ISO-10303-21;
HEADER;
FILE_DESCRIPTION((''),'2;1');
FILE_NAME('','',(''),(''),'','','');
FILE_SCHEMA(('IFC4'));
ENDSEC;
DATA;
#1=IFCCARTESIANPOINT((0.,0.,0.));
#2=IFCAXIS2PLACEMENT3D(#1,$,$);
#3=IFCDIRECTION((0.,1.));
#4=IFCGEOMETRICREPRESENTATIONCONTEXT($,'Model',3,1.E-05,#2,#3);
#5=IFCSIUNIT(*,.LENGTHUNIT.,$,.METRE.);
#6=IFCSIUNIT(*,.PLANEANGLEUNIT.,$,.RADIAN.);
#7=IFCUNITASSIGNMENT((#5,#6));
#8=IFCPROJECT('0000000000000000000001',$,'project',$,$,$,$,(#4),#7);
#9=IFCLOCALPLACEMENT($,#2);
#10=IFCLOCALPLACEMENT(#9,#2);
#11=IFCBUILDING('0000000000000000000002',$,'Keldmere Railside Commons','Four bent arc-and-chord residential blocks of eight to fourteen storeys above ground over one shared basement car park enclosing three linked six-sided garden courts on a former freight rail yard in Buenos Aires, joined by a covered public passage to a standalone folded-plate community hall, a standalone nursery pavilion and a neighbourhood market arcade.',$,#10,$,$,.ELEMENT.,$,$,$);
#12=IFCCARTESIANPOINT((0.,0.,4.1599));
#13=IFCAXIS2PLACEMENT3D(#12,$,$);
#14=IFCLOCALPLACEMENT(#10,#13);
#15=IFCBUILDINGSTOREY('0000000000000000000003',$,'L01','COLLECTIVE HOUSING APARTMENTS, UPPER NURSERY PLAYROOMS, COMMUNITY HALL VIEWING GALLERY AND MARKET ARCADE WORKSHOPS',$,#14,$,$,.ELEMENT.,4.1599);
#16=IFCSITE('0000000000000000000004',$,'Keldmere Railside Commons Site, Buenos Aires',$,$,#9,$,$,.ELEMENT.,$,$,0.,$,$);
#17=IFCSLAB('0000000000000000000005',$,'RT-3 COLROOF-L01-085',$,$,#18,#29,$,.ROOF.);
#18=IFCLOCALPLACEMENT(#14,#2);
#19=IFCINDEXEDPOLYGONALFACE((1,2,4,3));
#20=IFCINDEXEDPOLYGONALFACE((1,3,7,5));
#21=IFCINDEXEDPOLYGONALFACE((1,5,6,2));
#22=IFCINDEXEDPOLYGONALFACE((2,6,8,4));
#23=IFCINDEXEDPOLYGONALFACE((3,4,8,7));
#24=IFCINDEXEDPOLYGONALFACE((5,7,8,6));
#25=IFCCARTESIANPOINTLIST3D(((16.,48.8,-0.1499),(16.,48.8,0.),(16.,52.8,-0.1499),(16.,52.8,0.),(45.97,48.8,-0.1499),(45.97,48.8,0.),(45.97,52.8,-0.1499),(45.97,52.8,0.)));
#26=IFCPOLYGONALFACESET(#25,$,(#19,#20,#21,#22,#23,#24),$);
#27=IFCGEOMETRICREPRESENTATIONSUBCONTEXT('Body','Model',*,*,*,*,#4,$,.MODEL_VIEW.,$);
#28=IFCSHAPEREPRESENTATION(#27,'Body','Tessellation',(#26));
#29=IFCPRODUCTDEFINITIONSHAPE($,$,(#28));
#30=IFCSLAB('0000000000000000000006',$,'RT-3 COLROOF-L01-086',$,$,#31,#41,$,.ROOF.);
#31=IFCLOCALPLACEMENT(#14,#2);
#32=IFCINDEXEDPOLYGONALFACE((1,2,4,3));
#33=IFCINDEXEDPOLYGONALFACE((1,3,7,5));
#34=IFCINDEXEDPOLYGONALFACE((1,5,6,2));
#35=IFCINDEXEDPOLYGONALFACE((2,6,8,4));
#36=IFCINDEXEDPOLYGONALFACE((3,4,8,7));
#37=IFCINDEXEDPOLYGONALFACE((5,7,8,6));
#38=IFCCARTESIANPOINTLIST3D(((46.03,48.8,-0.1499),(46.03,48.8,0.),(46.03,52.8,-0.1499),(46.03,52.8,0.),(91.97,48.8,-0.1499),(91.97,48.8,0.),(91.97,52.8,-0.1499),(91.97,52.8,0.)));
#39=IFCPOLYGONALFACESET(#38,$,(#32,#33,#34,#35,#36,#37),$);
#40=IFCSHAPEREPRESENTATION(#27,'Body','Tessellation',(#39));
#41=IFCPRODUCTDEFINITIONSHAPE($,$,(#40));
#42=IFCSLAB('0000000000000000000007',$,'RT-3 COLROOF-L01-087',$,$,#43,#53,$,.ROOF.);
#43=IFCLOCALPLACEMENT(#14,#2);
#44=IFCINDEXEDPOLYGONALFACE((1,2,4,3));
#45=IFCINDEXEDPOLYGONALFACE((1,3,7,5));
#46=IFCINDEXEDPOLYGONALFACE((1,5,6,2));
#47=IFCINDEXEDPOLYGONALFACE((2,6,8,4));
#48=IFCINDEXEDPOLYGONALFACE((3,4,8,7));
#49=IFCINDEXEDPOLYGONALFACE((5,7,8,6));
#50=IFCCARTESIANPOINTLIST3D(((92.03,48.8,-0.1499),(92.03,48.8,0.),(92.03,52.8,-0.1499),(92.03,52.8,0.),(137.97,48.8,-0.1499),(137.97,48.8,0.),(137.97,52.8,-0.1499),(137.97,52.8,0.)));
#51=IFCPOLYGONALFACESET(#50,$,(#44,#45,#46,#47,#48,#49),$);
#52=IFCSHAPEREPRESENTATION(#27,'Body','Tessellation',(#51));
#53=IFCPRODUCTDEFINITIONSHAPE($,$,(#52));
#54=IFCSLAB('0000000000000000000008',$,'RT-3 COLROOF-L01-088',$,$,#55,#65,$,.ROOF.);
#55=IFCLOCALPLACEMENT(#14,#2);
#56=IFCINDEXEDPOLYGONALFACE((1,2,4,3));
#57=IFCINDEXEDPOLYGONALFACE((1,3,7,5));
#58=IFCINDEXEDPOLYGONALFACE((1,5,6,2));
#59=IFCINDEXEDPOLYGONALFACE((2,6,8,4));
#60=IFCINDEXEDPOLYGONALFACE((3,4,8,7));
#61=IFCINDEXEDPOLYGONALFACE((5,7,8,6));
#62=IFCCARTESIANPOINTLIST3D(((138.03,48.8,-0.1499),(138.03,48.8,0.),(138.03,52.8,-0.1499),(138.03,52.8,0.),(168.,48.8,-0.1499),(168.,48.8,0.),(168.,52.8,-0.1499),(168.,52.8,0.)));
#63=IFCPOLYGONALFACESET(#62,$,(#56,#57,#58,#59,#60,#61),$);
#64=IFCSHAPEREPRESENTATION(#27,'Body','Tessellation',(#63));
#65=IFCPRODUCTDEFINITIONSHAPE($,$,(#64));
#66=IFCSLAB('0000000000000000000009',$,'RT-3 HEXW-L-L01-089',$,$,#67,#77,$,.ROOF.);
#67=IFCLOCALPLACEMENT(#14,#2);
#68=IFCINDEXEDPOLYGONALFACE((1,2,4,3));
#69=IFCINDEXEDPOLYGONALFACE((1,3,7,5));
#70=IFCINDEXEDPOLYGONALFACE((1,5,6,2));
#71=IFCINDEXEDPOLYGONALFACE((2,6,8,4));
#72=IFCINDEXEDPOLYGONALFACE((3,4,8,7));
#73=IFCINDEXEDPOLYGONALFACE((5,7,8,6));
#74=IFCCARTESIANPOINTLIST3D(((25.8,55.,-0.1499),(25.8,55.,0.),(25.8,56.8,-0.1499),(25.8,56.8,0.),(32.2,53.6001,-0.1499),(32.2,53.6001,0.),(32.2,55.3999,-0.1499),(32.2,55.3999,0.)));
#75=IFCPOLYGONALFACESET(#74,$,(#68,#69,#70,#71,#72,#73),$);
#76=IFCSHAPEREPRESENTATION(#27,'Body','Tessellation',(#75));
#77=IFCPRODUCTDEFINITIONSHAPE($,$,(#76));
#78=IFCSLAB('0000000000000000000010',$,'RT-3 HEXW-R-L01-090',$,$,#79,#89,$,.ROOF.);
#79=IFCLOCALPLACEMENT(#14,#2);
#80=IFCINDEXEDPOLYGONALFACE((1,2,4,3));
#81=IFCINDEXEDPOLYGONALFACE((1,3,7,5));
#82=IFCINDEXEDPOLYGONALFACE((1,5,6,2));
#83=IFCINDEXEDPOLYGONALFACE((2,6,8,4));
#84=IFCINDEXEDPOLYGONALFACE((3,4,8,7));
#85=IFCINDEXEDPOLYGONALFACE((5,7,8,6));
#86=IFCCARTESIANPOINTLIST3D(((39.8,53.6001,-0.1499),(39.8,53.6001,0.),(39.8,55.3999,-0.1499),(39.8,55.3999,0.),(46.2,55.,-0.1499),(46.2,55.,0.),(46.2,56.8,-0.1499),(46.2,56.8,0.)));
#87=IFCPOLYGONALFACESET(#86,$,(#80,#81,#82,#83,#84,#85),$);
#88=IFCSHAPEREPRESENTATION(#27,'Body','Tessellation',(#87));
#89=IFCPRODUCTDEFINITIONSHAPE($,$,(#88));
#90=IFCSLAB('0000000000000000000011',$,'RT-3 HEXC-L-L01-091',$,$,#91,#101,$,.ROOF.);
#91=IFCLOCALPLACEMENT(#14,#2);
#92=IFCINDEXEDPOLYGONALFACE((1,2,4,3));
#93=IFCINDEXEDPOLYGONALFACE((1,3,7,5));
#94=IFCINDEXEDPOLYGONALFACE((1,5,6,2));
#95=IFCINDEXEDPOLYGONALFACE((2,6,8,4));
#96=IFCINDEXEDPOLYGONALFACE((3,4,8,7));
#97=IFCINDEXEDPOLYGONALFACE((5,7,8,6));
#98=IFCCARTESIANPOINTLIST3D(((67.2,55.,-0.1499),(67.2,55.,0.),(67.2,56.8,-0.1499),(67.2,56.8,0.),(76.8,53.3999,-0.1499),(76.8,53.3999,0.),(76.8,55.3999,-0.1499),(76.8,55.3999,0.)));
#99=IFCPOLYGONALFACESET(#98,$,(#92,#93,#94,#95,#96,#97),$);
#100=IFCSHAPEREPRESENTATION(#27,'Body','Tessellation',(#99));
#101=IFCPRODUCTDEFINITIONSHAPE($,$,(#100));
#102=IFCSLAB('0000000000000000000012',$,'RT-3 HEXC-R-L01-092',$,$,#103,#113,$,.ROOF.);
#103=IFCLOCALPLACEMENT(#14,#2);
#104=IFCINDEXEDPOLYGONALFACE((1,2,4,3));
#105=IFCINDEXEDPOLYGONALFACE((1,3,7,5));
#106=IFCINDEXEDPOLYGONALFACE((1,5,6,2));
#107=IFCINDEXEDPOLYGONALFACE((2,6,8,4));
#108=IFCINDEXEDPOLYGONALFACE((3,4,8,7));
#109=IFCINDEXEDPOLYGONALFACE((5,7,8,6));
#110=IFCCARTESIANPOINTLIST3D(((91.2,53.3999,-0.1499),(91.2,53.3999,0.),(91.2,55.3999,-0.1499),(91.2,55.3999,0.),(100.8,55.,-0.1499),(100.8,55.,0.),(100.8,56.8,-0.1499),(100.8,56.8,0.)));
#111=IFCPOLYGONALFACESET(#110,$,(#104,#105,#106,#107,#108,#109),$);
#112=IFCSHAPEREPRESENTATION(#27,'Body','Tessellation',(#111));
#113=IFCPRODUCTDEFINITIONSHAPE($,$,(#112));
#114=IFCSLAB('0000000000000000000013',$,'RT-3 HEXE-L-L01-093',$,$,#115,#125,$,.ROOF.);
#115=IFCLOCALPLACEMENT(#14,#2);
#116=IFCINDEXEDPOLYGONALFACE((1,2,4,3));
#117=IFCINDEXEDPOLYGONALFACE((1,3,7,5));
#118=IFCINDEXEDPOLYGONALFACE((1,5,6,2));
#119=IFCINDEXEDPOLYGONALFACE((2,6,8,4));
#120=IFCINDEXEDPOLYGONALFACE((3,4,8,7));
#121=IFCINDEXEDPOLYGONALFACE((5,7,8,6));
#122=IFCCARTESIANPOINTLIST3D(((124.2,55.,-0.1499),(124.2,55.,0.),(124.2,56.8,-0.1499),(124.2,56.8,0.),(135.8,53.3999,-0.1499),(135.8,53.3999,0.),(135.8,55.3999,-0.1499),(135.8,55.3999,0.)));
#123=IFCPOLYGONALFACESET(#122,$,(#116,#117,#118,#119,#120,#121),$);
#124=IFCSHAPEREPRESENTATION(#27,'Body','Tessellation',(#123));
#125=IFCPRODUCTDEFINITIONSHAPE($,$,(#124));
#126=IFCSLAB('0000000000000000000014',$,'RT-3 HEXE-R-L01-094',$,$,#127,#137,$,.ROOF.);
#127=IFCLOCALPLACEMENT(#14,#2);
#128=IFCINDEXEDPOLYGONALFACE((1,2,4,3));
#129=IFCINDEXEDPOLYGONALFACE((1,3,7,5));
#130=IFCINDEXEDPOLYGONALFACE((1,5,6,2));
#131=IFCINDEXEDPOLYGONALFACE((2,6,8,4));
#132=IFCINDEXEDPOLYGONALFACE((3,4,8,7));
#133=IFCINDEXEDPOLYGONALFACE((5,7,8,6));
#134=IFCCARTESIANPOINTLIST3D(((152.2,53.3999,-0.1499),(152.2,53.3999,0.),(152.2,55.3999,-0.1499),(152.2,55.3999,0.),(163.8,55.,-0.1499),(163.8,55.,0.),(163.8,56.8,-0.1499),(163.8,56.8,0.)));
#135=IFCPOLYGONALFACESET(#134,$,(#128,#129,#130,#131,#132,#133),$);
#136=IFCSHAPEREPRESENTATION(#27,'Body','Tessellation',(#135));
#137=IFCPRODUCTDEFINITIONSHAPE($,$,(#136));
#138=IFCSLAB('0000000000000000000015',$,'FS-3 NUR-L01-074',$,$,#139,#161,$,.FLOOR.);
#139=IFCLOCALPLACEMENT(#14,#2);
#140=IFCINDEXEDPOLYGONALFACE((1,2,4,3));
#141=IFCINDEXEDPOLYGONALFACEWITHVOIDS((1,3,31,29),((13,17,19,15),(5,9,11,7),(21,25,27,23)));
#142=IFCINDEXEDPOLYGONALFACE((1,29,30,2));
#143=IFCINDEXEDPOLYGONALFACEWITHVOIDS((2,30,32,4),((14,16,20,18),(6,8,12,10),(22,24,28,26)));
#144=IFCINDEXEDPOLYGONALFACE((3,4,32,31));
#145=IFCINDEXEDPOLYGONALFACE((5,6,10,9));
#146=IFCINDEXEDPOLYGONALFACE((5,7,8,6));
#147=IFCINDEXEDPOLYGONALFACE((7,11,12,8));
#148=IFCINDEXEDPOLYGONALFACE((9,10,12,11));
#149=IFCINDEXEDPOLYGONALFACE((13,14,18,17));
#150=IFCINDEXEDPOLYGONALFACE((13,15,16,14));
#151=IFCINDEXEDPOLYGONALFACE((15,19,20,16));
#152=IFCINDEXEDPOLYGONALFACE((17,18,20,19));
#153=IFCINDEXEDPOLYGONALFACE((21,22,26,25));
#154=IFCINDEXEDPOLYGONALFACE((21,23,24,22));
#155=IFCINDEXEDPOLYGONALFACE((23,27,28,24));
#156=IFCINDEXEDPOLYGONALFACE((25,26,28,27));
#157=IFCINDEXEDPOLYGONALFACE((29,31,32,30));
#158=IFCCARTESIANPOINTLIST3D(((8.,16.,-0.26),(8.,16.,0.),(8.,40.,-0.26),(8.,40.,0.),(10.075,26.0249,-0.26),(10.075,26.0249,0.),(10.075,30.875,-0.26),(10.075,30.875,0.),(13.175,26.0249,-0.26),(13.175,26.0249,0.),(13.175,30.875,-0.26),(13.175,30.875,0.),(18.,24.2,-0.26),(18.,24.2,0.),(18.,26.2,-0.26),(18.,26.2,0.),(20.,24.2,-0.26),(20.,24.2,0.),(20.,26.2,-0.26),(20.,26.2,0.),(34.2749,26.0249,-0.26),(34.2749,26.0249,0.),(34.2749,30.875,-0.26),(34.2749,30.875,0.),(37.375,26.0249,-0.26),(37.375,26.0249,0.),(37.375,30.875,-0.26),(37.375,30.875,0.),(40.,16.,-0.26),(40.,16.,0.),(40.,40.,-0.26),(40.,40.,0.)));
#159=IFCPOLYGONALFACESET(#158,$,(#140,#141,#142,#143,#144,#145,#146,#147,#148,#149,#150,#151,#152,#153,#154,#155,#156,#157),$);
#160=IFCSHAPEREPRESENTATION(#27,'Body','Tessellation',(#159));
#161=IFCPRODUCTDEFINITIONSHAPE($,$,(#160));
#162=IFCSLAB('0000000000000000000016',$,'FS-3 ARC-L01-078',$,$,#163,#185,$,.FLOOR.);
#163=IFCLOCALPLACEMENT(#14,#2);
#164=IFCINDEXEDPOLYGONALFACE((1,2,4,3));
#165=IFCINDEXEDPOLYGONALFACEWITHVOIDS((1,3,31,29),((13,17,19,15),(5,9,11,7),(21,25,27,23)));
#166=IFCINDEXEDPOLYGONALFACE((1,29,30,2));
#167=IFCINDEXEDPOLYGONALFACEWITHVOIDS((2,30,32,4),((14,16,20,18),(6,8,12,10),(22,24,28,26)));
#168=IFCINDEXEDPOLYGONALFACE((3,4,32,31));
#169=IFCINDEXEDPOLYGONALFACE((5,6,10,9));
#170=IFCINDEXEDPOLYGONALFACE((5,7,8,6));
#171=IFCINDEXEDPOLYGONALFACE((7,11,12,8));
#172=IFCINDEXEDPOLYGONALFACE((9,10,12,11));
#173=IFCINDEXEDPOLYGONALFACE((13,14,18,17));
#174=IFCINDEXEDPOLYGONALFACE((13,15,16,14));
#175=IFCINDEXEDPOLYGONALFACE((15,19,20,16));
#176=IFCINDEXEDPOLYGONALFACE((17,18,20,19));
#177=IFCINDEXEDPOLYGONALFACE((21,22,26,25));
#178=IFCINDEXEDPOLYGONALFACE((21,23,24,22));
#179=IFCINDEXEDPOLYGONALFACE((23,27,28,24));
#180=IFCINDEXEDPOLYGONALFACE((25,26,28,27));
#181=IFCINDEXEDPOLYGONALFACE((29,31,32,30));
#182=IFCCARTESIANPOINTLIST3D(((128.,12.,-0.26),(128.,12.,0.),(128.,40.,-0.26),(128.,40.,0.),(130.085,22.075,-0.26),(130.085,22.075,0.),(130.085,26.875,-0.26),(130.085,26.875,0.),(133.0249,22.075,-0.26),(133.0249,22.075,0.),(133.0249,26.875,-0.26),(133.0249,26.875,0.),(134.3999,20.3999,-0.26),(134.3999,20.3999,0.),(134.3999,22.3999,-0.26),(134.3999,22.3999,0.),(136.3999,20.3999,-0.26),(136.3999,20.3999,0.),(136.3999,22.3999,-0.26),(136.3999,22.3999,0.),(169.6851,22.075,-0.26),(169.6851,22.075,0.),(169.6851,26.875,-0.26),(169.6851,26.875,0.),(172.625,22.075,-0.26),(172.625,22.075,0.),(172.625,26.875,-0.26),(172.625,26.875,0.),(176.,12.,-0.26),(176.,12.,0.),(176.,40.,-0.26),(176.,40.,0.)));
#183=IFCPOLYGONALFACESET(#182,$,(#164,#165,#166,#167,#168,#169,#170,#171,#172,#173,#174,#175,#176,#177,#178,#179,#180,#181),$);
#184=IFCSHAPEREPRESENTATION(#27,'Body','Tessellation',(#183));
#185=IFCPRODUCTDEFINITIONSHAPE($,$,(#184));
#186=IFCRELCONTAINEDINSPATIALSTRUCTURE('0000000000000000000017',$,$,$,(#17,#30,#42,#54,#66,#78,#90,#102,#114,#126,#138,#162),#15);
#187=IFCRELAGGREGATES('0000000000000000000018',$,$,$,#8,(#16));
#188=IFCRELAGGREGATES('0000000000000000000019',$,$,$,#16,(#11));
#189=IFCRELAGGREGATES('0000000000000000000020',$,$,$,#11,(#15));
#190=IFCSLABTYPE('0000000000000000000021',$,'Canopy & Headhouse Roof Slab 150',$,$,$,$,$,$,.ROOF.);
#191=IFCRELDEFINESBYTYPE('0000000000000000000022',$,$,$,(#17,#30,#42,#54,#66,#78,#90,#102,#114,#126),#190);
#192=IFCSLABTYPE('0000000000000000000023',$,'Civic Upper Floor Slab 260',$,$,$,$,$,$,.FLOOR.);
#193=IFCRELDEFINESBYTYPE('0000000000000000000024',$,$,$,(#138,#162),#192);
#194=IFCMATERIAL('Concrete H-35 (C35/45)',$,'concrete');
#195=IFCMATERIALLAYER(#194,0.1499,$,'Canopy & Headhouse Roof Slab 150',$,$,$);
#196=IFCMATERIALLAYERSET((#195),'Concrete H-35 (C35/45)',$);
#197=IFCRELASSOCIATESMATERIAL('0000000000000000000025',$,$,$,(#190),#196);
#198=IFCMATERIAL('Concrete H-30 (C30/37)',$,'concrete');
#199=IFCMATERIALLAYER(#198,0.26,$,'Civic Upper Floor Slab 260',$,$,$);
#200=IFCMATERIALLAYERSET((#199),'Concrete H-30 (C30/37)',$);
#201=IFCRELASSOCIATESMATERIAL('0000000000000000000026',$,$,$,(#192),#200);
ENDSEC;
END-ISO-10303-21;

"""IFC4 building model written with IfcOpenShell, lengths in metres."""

from ifc_helpers import new_model, si_unit, direction, frame, origin, place, context, subcontext, project, spatial, polyline, outline, extrude, material, layer, layer_set, type_object, element, save


model = new_model("IFC4")

# Units and contexts
model_context = context("Model", 3, precision=1e-05, world=origin(), true_north=direction((0.0, 1.0)))
body_context = subcontext(model_context, "Body", "Model", "MODEL_VIEW")
ifc_project = project(units=[si_unit("LENGTHUNIT", "METRE"), si_unit("PLANEANGLEUNIT", "RADIAN")], contexts=[model_context])

# Site, building, storey
site_placement = place(None, origin())
site = spatial("IfcSite", under=ifc_project, at=site_placement, Name="Keldmere Railside Commons Site, Buenos Aires", CompositionType="ELEMENT", RefElevation=0.0)
building_placement = place(site_placement, origin())
building = spatial("IfcBuilding", under=site, at=building_placement, Name="Keldmere Railside Commons", Description="Four bent arc-and-chord residential blocks of eight to fourteen storeys above ground over one shared basement car park enclosing three linked six-sided garden courts on a former freight rail yard in Buenos Aires, joined by a covered public passage to a standalone folded-plate community hall, a standalone nursery pavilion and a neighbourhood market arcade.", CompositionType="ELEMENT")
storey_placement = place(building_placement, frame((0.0, 0.0, 4.1599)))
storey = spatial("IfcBuildingStorey", under=building, at=storey_placement, Name="L01", Description="COLLECTIVE HOUSING APARTMENTS, UPPER NURSERY PLAYROOMS, COMMUNITY HALL VIEWING GALLERY AND MARKET ARCADE WORKSHOPS", CompositionType="ELEMENT", Elevation=4.1599)

# Slabs
ifc_material_1 = material(Name="Concrete H-35 (C35/45)", Category="concrete")
ifc_layer_1 = layer(ifc_material_1, 0.1499, Name="Canopy & Headhouse Roof Slab 150")
ifc_layer_set_1 = layer_set([ifc_layer_1], Name="Concrete H-35 (C35/45)")
slab_type_1 = type_object("IfcSlabType", Name="Canopy & Headhouse Roof Slab 150", PredefinedType="ROOF", material=ifc_layer_set_1)
slab_1_placement = place(storey_placement, frame((0.0, 0.0, -0.1499)))
element("IfcSlab", 1, at=slab_1_placement, inside=storey, type_object=slab_type_1, Name="RT-3 COLROOF-L01-085", PredefinedType="ROOF", context=body_context, shape_type="SweptSolid", body=[
    extrude(outline(polyline([(16.0, 48.8), (45.97, 48.8), (45.97, 52.8), (16.0, 52.8), (16.0, 48.8)])), origin(), (0.0, 0.0, 1.0), 0.1499),
])
slab_2_placement = place(storey_placement, frame((0.0, 0.0, -0.1499)))
element("IfcSlab", 2, at=slab_2_placement, inside=storey, type_object=slab_type_1, Name="RT-3 COLROOF-L01-086", PredefinedType="ROOF", context=body_context, shape_type="SweptSolid", body=[
    extrude(outline(polyline([(91.97, 52.8), (46.03, 52.8), (46.03, 48.8), (91.97, 48.8), (91.97, 52.8)])), origin(), (0.0, 0.0, 1.0), 0.1499),
])
slab_3_placement = place(storey_placement, frame((0.0, 0.0, -0.1499)))
element("IfcSlab", 3, at=slab_3_placement, inside=storey, type_object=slab_type_1, Name="RT-3 COLROOF-L01-087", PredefinedType="ROOF", context=body_context, shape_type="SweptSolid", body=[
    extrude(outline(polyline([(137.97, 52.8), (92.03, 52.8), (92.03, 48.8), (137.97, 48.8), (137.97, 52.8)])), origin(), (0.0, 0.0, 1.0), 0.1499),
])
slab_4_placement = place(storey_placement, frame((0.0, 0.0, -0.1499)))
element("IfcSlab", 4, at=slab_4_placement, inside=storey, type_object=slab_type_1, Name="RT-3 COLROOF-L01-088", PredefinedType="ROOF", context=body_context, shape_type="SweptSolid", body=[
    extrude(outline(polyline([(168.0, 52.8), (138.03, 52.8), (138.03, 48.8), (168.0, 48.8), (168.0, 52.8)])), origin(), (0.0, 0.0, 1.0), 0.1499),
])
slab_5_placement = place(storey_placement, frame((0.0, 0.0, -0.1499)))
element("IfcSlab", 5, at=slab_5_placement, inside=storey, type_object=slab_type_1, Name="RT-3 HEXW-L-L01-089", PredefinedType="ROOF", context=body_context, shape_type="SweptSolid", body=[
    extrude(outline(polyline([(25.8, 55.0), (32.2, 53.6001), (32.2, 55.3999), (25.8, 56.8), (25.8, 55.0)])), origin(), (0.0, 0.0, 1.0), 0.1499),
])
slab_6_placement = place(storey_placement, frame((0.0, 0.0, -0.1499)))
element("IfcSlab", 6, at=slab_6_placement, inside=storey, type_object=slab_type_1, Name="RT-3 HEXW-R-L01-090", PredefinedType="ROOF", context=body_context, shape_type="SweptSolid", body=[
    extrude(outline(polyline([(39.8, 53.6001), (46.2, 55.0), (46.2, 56.8), (39.8, 55.3999), (39.8, 53.6001)])), origin(), (0.0, 0.0, 1.0), 0.1499),
])
slab_7_placement = place(storey_placement, frame((0.0, 0.0, -0.1499)))
element("IfcSlab", 7, at=slab_7_placement, inside=storey, type_object=slab_type_1, Name="RT-3 HEXC-L-L01-091", PredefinedType="ROOF", context=body_context, shape_type="SweptSolid", body=[
    extrude(outline(polyline([(67.2, 55.0), (76.8, 53.3999), (76.8, 55.3999), (67.2, 56.8), (67.2, 55.0)])), origin(), (0.0, 0.0, 1.0), 0.1499),
])
slab_8_placement = place(storey_placement, frame((0.0, 0.0, -0.1499)))
element("IfcSlab", 8, at=slab_8_placement, inside=storey, type_object=slab_type_1, Name="RT-3 HEXC-R-L01-092", PredefinedType="ROOF", context=body_context, shape_type="SweptSolid", body=[
    extrude(outline(polyline([(91.2, 53.3999), (100.8, 55.0), (100.8, 56.8), (91.2, 55.3999), (91.2, 53.3999)])), origin(), (0.0, 0.0, 1.0), 0.1499),
])
slab_9_placement = place(storey_placement, frame((0.0, 0.0, -0.1499)))
element("IfcSlab", 9, at=slab_9_placement, inside=storey, type_object=slab_type_1, Name="RT-3 HEXE-L-L01-093", PredefinedType="ROOF", context=body_context, shape_type="SweptSolid", body=[
    extrude(outline(polyline([(124.2, 55.0), (135.8, 53.3999), (135.8, 55.3999), (124.2, 56.8), (124.2, 55.0)])), origin(), (0.0, 0.0, 1.0), 0.1499),
])
slab_10_placement = place(storey_placement, frame((0.0, 0.0, -0.1499)))
element("IfcSlab", 10, at=slab_10_placement, inside=storey, type_object=slab_type_1, Name="RT-3 HEXE-R-L01-094", PredefinedType="ROOF", context=body_context, shape_type="SweptSolid", body=[
    extrude(outline(polyline([(152.2, 53.3999), (163.8, 55.0), (163.8, 56.8), (152.2, 55.3999), (152.2, 53.3999)])), origin(), (0.0, 0.0, 1.0), 0.1499),
])
ifc_material_2 = material(Name="Concrete H-30 (C30/37)", Category="concrete")
ifc_layer_2 = layer(ifc_material_2, 0.26, Name="Civic Upper Floor Slab 260")
ifc_layer_set_2 = layer_set([ifc_layer_2], Name="Concrete H-30 (C30/37)")
slab_type_2 = type_object("IfcSlabType", Name="Civic Upper Floor Slab 260", PredefinedType="FLOOR", material=ifc_layer_set_2)
slab_11_placement = place(storey_placement, frame((0.0, 0.0, -0.26)))
element("IfcSlab", 11, at=slab_11_placement, inside=storey, type_object=slab_type_2, Name="FS-3 NUR-L01-074", PredefinedType="FLOOR", context=body_context, shape_type="SweptSolid", body=[
    extrude(outline(polyline([(40.0, 16.0), (40.0, 40.0), (8.0, 40.0), (8.0, 16.0), (40.0, 16.0)]), holes=[polyline([(20.0, 24.2), (18.0, 24.2), (18.0, 26.2), (20.0, 26.2), (20.0, 24.2)]), polyline([(10.075, 26.0249), (10.075, 30.875), (13.175, 30.875), (13.175, 26.0249), (10.075, 26.0249)]), polyline([(34.2749, 26.0249), (34.2749, 30.875), (37.375, 30.875), (37.375, 26.0249), (34.2749, 26.0249)])]), origin(), (0.0, 0.0, 1.0), 0.26),
])
slab_12_placement = place(storey_placement, frame((0.0, 0.0, -0.26)))
element("IfcSlab", 12, at=slab_12_placement, inside=storey, type_object=slab_type_2, Name="FS-3 ARC-L01-078", PredefinedType="FLOOR", context=body_context, shape_type="SweptSolid", body=[
    extrude(outline(polyline([(176.0, 12.0), (176.0, 40.0), (128.0, 40.0), (128.0, 12.0), (176.0, 12.0)]), holes=[polyline([(136.3999, 20.3999), (134.3999, 20.3999), (134.3999, 22.3999), (136.3999, 22.3999), (136.3999, 20.3999)]), polyline([(130.085, 22.075), (130.085, 26.875), (133.0249, 26.875), (133.0249, 22.075), (130.085, 22.075)]), polyline([(169.6851, 22.075), (169.6851, 26.875), (172.625, 26.875), (172.625, 22.075), (169.6851, 22.075)])]), origin(), (0.0, 0.0, 1.0), 0.26),
])

save(model, "model.ifc")
